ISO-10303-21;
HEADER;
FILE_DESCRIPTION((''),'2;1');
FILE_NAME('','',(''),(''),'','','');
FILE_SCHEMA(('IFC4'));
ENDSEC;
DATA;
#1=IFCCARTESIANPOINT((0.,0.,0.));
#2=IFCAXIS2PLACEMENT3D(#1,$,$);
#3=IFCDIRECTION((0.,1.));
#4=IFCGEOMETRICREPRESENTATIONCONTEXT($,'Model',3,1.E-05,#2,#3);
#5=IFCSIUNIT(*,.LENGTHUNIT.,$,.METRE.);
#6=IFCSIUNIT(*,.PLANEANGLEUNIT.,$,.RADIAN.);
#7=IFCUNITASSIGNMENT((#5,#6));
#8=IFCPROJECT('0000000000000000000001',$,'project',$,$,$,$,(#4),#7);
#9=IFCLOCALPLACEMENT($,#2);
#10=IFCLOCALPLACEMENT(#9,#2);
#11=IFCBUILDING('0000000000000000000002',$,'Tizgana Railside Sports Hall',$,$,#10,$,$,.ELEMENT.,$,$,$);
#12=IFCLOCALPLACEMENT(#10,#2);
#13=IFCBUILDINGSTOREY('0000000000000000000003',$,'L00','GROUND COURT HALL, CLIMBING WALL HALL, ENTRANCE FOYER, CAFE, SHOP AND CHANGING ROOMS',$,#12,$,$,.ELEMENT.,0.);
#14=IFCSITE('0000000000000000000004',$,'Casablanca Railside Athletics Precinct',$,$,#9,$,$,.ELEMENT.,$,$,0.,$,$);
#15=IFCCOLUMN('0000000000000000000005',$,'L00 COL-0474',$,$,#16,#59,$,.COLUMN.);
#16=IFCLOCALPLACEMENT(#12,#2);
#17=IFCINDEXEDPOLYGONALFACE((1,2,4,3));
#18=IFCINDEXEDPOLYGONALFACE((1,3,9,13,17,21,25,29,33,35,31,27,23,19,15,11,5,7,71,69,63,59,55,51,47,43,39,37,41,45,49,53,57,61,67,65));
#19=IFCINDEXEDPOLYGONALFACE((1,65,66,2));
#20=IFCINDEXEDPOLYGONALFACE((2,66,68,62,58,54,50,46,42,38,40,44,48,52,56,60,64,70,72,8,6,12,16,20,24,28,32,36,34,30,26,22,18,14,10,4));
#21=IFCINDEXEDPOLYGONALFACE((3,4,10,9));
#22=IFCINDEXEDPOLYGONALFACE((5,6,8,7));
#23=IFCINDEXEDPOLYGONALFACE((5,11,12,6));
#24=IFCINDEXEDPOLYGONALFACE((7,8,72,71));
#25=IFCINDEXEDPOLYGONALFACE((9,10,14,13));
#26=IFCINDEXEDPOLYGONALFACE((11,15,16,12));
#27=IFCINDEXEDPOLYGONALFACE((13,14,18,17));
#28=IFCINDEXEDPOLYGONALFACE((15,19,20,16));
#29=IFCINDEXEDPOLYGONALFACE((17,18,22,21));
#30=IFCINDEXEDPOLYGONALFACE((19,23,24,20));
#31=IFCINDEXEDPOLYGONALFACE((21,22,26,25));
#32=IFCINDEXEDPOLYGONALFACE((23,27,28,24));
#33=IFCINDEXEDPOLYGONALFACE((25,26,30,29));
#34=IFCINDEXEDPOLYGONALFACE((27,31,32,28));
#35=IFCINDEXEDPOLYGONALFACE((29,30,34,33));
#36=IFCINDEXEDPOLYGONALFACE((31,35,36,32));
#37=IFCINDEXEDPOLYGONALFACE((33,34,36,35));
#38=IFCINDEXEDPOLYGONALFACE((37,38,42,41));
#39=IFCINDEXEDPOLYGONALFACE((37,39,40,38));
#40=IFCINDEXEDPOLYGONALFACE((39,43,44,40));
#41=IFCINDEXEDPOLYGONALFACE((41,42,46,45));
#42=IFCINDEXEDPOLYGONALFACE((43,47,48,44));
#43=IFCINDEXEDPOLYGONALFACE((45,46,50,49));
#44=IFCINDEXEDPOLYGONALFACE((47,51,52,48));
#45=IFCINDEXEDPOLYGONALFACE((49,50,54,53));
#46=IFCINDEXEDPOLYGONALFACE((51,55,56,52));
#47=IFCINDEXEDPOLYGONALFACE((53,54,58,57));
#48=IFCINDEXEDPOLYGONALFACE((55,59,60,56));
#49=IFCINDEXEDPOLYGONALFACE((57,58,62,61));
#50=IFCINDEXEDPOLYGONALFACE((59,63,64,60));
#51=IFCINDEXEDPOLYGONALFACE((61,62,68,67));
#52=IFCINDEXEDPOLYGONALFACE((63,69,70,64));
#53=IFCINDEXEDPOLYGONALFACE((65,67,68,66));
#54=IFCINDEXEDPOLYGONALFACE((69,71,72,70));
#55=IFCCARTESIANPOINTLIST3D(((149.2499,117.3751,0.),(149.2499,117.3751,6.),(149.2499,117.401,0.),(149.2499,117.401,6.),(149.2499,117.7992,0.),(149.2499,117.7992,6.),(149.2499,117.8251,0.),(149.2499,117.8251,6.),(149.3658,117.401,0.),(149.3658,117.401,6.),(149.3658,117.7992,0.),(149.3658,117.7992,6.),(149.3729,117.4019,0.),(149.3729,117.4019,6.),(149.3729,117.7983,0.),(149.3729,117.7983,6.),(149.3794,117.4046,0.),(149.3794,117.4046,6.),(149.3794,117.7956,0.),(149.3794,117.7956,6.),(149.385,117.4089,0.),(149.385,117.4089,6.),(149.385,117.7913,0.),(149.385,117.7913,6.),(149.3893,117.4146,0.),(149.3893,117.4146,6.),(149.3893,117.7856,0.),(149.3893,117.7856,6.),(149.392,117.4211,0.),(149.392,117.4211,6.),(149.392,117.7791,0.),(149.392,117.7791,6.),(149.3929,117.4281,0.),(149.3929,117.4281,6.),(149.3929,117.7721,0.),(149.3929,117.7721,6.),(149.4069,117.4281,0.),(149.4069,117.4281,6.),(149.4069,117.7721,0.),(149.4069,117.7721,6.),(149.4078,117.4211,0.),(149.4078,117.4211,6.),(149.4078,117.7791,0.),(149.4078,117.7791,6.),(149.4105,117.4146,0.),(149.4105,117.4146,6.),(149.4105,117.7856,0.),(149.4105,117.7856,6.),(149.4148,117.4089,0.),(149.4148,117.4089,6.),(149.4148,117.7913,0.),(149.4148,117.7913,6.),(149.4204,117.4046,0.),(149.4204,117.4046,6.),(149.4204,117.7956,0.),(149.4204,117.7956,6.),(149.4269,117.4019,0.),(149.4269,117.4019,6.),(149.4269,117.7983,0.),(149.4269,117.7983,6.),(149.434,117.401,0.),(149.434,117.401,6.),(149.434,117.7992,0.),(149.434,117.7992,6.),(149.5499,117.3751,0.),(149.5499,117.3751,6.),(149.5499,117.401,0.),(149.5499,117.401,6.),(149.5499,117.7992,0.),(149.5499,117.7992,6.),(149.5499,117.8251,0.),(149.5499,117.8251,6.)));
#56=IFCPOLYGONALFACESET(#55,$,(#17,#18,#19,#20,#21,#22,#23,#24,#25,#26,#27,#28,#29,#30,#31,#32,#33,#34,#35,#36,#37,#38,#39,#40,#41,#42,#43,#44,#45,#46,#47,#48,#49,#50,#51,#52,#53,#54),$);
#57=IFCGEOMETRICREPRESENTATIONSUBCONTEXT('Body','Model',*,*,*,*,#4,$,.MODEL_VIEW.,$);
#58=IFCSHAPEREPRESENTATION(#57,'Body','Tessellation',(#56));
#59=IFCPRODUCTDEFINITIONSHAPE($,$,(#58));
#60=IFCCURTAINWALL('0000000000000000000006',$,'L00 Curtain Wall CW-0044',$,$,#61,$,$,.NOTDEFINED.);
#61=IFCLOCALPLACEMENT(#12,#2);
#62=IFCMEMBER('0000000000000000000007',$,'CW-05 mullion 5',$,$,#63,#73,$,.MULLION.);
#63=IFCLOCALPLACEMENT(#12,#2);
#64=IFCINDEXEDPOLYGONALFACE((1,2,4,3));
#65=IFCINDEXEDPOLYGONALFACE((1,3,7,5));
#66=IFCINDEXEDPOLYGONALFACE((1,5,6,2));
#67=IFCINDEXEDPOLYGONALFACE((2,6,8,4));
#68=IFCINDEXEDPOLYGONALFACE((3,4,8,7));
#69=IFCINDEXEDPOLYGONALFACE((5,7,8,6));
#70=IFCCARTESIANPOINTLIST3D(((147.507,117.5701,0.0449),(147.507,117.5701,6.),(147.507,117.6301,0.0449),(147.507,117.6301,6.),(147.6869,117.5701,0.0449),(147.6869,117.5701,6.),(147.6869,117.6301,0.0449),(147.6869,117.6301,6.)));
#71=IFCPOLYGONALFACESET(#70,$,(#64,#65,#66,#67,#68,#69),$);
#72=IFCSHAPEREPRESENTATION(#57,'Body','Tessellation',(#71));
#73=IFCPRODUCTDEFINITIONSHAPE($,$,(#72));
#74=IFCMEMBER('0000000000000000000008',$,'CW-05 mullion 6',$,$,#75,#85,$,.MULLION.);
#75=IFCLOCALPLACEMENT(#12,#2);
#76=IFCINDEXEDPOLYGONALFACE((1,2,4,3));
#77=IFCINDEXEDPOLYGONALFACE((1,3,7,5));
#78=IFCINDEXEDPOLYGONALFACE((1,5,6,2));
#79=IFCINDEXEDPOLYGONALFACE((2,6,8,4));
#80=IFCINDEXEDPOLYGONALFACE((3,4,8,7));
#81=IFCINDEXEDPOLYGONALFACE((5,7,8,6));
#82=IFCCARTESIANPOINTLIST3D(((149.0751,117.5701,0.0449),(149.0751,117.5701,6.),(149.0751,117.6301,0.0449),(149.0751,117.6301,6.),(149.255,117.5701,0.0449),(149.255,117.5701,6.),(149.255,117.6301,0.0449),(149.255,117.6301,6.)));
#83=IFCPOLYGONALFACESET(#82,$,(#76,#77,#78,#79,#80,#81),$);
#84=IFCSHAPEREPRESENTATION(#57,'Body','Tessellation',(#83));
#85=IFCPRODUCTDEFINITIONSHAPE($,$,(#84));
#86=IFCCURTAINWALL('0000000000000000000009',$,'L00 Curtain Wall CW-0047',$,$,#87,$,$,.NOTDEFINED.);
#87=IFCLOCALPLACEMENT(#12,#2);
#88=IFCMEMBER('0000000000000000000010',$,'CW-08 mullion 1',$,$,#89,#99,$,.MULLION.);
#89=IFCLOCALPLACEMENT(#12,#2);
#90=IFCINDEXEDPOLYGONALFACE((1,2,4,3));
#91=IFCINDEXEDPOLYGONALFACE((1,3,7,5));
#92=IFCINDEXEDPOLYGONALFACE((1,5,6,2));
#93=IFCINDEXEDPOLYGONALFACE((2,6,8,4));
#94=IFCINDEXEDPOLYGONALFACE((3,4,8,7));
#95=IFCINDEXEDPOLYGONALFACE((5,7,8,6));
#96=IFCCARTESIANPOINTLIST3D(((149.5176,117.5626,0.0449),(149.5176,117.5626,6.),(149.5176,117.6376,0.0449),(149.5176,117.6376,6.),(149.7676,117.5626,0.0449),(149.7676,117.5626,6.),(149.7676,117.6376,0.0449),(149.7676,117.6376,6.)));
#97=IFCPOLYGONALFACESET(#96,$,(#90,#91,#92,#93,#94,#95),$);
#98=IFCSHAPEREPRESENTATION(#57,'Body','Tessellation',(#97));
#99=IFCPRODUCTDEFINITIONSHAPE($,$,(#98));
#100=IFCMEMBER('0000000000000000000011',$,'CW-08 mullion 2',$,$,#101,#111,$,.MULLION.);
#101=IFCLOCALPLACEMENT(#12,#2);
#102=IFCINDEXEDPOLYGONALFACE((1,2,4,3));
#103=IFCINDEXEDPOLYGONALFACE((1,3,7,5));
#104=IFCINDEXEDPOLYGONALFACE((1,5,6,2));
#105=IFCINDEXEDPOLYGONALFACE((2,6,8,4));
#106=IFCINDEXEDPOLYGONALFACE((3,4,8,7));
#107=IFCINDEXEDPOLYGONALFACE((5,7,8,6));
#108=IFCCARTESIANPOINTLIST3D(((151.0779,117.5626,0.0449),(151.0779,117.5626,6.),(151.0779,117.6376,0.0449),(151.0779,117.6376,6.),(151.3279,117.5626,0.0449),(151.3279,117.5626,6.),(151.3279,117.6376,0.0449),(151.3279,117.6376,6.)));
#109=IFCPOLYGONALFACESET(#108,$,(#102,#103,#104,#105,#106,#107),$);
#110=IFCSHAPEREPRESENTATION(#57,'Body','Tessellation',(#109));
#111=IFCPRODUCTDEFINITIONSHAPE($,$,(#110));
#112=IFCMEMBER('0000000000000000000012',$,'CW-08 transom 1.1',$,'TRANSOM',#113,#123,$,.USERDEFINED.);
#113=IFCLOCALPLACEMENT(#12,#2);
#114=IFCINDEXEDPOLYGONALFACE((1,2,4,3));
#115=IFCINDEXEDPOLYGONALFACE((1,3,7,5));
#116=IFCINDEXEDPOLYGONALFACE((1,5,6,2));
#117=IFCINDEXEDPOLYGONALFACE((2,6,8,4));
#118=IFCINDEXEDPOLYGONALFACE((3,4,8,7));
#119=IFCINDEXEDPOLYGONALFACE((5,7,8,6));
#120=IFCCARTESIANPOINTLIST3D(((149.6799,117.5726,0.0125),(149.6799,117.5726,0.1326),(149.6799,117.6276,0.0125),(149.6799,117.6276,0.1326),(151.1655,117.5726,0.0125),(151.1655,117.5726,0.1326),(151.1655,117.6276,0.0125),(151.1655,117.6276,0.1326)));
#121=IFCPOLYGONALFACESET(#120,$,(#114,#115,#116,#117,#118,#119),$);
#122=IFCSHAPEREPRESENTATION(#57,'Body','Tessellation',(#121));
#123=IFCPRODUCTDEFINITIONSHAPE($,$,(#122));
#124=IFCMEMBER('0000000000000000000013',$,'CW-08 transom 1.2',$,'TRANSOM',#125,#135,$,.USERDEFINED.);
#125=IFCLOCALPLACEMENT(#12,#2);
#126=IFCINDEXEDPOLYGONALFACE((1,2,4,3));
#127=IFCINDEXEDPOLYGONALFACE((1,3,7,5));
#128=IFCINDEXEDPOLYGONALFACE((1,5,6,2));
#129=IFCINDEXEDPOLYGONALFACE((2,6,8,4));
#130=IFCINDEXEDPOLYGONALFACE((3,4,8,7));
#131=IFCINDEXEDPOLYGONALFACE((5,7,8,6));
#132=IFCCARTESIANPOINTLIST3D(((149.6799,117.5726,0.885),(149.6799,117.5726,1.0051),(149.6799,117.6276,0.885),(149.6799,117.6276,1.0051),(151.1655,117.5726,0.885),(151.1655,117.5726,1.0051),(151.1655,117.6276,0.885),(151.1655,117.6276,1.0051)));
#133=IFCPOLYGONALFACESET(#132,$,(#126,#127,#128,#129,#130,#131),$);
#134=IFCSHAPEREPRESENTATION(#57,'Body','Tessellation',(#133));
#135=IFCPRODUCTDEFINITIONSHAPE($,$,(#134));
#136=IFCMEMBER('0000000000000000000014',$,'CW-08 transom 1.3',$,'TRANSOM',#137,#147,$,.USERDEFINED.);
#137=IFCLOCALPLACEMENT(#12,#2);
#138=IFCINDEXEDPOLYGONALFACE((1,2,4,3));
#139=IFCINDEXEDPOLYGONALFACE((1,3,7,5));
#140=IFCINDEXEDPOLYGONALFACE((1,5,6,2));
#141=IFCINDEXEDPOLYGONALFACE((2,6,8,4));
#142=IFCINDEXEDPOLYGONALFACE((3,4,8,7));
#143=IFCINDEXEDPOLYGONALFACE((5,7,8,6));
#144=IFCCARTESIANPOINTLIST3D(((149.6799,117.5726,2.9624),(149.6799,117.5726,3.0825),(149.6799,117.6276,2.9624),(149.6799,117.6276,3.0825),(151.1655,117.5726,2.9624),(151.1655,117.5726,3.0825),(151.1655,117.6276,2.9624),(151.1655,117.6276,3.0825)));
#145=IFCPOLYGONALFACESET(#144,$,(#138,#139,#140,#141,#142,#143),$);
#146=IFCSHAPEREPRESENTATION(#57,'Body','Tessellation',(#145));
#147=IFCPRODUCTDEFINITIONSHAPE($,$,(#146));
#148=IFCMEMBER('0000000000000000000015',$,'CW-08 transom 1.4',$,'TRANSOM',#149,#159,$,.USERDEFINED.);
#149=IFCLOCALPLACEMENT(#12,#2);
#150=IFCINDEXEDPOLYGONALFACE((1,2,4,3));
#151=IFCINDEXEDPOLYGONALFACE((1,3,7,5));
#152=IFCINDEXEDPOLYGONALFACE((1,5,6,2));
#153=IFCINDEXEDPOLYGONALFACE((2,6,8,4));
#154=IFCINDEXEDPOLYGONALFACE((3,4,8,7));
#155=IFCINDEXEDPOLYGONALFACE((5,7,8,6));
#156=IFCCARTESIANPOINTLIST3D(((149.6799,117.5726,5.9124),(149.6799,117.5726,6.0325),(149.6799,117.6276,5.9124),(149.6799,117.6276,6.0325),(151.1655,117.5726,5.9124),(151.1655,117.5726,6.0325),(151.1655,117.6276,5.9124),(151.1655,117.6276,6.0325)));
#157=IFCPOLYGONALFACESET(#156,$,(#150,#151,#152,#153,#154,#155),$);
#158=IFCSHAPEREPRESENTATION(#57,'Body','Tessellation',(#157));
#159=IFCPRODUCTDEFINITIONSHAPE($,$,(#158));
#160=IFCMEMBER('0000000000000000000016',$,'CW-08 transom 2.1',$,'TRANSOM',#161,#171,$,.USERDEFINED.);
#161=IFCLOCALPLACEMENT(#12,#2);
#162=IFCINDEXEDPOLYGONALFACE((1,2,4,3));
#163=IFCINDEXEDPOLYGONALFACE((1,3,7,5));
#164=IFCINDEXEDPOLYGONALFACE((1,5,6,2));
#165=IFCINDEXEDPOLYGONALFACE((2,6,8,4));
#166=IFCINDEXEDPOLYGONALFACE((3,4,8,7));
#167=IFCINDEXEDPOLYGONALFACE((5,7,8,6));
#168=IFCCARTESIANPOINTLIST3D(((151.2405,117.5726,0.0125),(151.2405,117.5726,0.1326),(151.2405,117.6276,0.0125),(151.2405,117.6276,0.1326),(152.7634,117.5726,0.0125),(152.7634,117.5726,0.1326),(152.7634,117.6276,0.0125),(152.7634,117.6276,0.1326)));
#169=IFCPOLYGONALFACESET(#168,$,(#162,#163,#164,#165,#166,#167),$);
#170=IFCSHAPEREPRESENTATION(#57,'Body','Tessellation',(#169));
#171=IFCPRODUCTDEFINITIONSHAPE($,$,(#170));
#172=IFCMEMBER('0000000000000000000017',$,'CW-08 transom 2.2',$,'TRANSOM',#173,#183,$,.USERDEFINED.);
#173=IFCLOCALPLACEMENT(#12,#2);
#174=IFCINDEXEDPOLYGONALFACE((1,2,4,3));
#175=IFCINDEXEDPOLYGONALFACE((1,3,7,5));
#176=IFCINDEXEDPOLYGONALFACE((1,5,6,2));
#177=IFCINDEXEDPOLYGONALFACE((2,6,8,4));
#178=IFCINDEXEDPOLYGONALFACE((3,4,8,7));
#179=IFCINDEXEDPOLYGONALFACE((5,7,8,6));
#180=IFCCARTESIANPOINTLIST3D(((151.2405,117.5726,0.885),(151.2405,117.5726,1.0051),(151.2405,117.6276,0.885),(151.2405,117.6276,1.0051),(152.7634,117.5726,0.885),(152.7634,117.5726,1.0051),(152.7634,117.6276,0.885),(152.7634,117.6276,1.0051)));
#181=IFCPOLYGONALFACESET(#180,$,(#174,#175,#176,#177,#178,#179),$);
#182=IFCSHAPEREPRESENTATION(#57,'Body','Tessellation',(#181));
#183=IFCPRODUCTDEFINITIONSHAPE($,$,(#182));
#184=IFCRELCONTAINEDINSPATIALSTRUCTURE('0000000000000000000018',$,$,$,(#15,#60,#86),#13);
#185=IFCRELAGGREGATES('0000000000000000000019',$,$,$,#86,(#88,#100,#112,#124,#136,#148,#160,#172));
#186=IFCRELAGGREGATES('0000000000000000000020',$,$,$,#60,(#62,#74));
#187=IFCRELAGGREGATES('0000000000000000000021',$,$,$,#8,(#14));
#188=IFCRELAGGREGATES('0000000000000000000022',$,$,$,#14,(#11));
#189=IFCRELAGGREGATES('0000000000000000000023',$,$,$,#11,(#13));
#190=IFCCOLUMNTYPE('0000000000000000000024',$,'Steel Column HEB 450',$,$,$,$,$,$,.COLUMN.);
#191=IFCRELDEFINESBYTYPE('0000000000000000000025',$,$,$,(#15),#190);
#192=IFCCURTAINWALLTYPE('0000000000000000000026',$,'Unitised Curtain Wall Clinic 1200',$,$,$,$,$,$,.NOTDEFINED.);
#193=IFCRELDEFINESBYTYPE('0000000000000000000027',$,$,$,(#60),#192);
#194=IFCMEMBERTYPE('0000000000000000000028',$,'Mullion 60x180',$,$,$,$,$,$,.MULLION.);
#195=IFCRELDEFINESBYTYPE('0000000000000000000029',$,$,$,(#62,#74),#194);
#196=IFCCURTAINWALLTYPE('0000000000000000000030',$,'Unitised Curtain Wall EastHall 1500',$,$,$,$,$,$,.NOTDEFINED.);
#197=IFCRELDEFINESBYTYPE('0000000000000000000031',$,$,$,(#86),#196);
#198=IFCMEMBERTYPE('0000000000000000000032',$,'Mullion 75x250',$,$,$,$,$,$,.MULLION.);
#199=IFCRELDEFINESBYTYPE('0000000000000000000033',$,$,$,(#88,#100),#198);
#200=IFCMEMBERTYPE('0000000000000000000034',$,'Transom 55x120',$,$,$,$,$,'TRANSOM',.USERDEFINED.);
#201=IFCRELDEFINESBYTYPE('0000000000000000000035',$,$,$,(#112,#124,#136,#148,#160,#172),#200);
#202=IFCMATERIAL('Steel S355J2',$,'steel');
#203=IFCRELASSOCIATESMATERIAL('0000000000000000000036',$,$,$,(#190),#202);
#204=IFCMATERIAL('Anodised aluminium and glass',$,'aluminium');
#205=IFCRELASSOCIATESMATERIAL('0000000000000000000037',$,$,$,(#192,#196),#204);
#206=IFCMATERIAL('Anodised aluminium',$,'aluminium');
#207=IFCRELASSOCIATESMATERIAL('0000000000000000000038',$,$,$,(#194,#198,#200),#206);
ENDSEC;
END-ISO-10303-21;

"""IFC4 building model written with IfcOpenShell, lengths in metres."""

from ifc_helpers import new_model, si_unit, direction, frame, origin, origin_2d, place, context, subcontext, project, spatial, rectangle, i_section, extrude, material, material_profile, profile_set, type_object, element, aggregate, save


model = new_model("IFC4")

# Units and contexts
model_context = context("Model", 3, precision=1e-05, world=origin(), true_north=direction((0.0, 1.0)))
body_context = subcontext(model_context, "Body", "Model", "MODEL_VIEW")
ifc_project = project(units=[si_unit("LENGTHUNIT", "METRE"), si_unit("PLANEANGLEUNIT", "RADIAN")], contexts=[model_context])

# Site, building, storey
site_placement = place(None, origin())
site = spatial("IfcSite", under=ifc_project, at=site_placement, Name="Casablanca Railside Athletics Precinct", CompositionType="ELEMENT", RefElevation=0.0)
building_placement = place(site_placement, origin())
building = spatial("IfcBuilding", under=site, at=building_placement, Name="Tizgana Railside Sports Hall", CompositionType="ELEMENT")
storey_placement = place(building_placement, origin())
storey = spatial("IfcBuildingStorey", under=building, at=storey_placement, Name="L00", Description="GROUND COURT HALL, CLIMBING WALL HALL, ENTRANCE FOYER, CAFE, SHOP AND CHANGING ROOMS", CompositionType="ELEMENT", Elevation=0.0)

# Column
ifc_material_1 = material(Name="Steel S355J2", Category="steel")
ifc_material_profile_1 = material_profile(ifc_material_1, i_section(OverallWidth=0.3, OverallDepth=0.45, WebThickness=0.0139, FlangeThickness=0.0259, FilletRadius=0.0271, at=origin_2d()), Name="HEB 450")
ifc_profile_set_1 = profile_set([ifc_material_profile_1], Name="Steel S355J2")
column_type = type_object("IfcColumnType", Name="Steel Column HEB 450", PredefinedType="COLUMN", material=ifc_profile_set_1)
column_placement = place(storey_placement, frame((149.3999, 117.6001, 0.0), z_axis=(0.0, 0.0, 1.0), x_axis=(1.0, 0.0, 0.0)))
element("IfcColumn", 1, at=column_placement, inside=storey, type_object=column_type, Name="L00 COL-0474", PredefinedType="COLUMN", context=body_context, shape_type="SweptSolid", body=[
    extrude(i_section(OverallWidth=0.3, OverallDepth=0.45, WebThickness=0.0139, FlangeThickness=0.0259, FilletRadius=0.0271, at=origin_2d()), origin(), (0.0, 0.0, 1.0), 6.0),
])

# Curtain walls, members
ifc_material_2 = material(Name="Anodised aluminium and glass", Category="aluminium")
curtain_wall_type_1 = type_object("IfcCurtainWallType", Name="Unitised Curtain Wall Clinic 1200", PredefinedType="NOTDEFINED", material=ifc_material_2)
curtain_wall_1_placement = place(storey_placement, origin())
curtain_wall_1 = element("IfcCurtainWall", 2, at=curtain_wall_1_placement, inside=storey, type_object=curtain_wall_type_1, Name="L00 Curtain Wall CW-0044", PredefinedType="NOTDEFINED")
ifc_material_3 = material(Name="Anodised aluminium", Category="aluminium")
ifc_material_profile_2 = material_profile(ifc_material_3, rectangle(XDim=0.0601, YDim=0.1799, at=origin_2d()), Name="Mullion 60x180")
ifc_profile_set_2 = profile_set([ifc_material_profile_2], Name="Anodised aluminium")
member_type_1 = type_object("IfcMemberType", Name="Mullion 60x180", PredefinedType="MULLION", material=ifc_profile_set_2)
member_1_placement = place(storey_placement, frame((147.5969, 117.6001, 0.0449), z_axis=(0.0, 0.0, 1.0), x_axis=(0.0, 1.0, 0.0)))
member_1 = element("IfcMember", 3, at=member_1_placement, type_object=member_type_1, Name="CW-05 mullion 5", PredefinedType="MULLION", context=body_context, shape_type="SweptSolid", body=[
    extrude(rectangle(XDim=0.0601, YDim=0.1799, at=origin_2d()), origin(), (0.0, 0.0, 1.0), 5.9551),
])
member_2_placement = place(storey_placement, frame((149.165, 117.6001, 0.0449), z_axis=(0.0, 0.0, 1.0), x_axis=(0.0, 1.0, 0.0)))
member_2 = element("IfcMember", 4, at=member_2_placement, type_object=member_type_1, Name="CW-05 mullion 6", PredefinedType="MULLION", context=body_context, shape_type="SweptSolid", body=[
    extrude(rectangle(XDim=0.0601, YDim=0.1799, at=origin_2d()), origin(), (0.0, 0.0, 1.0), 5.9551),
])
curtain_wall_type_2 = type_object("IfcCurtainWallType", Name="Unitised Curtain Wall EastHall 1500", PredefinedType="NOTDEFINED", material=ifc_material_2)
curtain_wall_2_placement = place(storey_placement, origin())
curtain_wall_2 = element("IfcCurtainWall", 5, at=curtain_wall_2_placement, inside=storey, type_object=curtain_wall_type_2, Name="L00 Curtain Wall CW-0047", PredefinedType="NOTDEFINED")
ifc_material_profile_3 = material_profile(ifc_material_3, rectangle(XDim=0.075, YDim=0.25, at=origin_2d()), Name="Mullion 75x250")
ifc_profile_set_3 = profile_set([ifc_material_profile_3], Name="Anodised aluminium")
member_type_2 = type_object("IfcMemberType", Name="Mullion 75x250", PredefinedType="MULLION", material=ifc_profile_set_3)
member_3_placement = place(storey_placement, frame((149.6426, 117.6001, 0.0449), z_axis=(0.0, 0.0, 1.0), x_axis=(0.0, 1.0, 0.0)))
member_3 = element("IfcMember", 6, at=member_3_placement, type_object=member_type_2, Name="CW-08 mullion 1", PredefinedType="MULLION", context=body_context, shape_type="SweptSolid", body=[
    extrude(rectangle(XDim=0.075, YDim=0.25, at=origin_2d()), origin(), (0.0, 0.0, 1.0), 5.9551),
])
member_4_placement = place(storey_placement, frame((151.2029, 117.6001, 0.0449), z_axis=(0.0, 0.0, 1.0), x_axis=(0.0, 1.0, 0.0)))
member_4 = element("IfcMember", 7, at=member_4_placement, type_object=member_type_2, Name="CW-08 mullion 2", PredefinedType="MULLION", context=body_context, shape_type="SweptSolid", body=[
    extrude(rectangle(XDim=0.075, YDim=0.25, at=origin_2d()), origin(), (0.0, 0.0, 1.0), 5.9551),
])
ifc_material_profile_4 = material_profile(ifc_material_3, rectangle(XDim=0.0549, YDim=0.1201, at=origin_2d()), Name="Transom 55x120")
ifc_profile_set_4 = profile_set([ifc_material_profile_4], Name="Anodised aluminium")
member_type_3 = type_object("IfcMemberType", Name="Transom 55x120", ElementType="TRANSOM", PredefinedType="USERDEFINED", material=ifc_profile_set_4)
member_5_placement = place(storey_placement, frame((149.6799, 117.6001, 0.0725), z_axis=(1.0, 0.0, 0.0), x_axis=(0.0, 1.0, 0.0)))
member_5 = element("IfcMember", 8, at=member_5_placement, type_object=member_type_3, Name="CW-08 transom 1.1", ObjectType="TRANSOM", PredefinedType="USERDEFINED", context=body_context, shape_type="SweptSolid", body=[
    extrude(rectangle(XDim=0.0549, YDim=0.1201, at=origin_2d()), origin(), (0.0, 0.0, 1.0), 1.4856),
])
member_6_placement = place(storey_placement, frame((149.6799, 117.6001, 0.9451), z_axis=(1.0, 0.0, 0.0), x_axis=(0.0, 1.0, 0.0)))
member_6 = element("IfcMember", 9, at=member_6_placement, type_object=member_type_3, Name="CW-08 transom 1.2", ObjectType="TRANSOM", PredefinedType="USERDEFINED", context=body_context, shape_type="SweptSolid", body=[
    extrude(rectangle(XDim=0.0549, YDim=0.1201, at=origin_2d()), origin(), (0.0, 0.0, 1.0), 1.4856),
])
member_7_placement = place(storey_placement, frame((149.6799, 117.6001, 3.0225), z_axis=(1.0, 0.0, 0.0), x_axis=(0.0, 1.0, 0.0)))
member_7 = element("IfcMember", 10, at=member_7_placement, type_object=member_type_3, Name="CW-08 transom 1.3", ObjectType="TRANSOM", PredefinedType="USERDEFINED", context=body_context, shape_type="SweptSolid", body=[
    extrude(rectangle(XDim=0.0549, YDim=0.1201, at=origin_2d()), origin(), (0.0, 0.0, 1.0), 1.4856),
])
member_8_placement = place(storey_placement, frame((149.6799, 117.6001, 5.9724), z_axis=(1.0, 0.0, 0.0), x_axis=(0.0, 1.0, 0.0)))
member_8 = element("IfcMember", 11, at=member_8_placement, type_object=member_type_3, Name="CW-08 transom 1.4", ObjectType="TRANSOM", PredefinedType="USERDEFINED", context=body_context, shape_type="SweptSolid", body=[
    extrude(rectangle(XDim=0.0549, YDim=0.1201, at=origin_2d()), origin(), (0.0, 0.0, 1.0), 1.4856),
])
member_9_placement = place(storey_placement, frame((151.2405, 117.6001, 0.0725), z_axis=(1.0, 0.0, 0.0), x_axis=(0.0, 1.0, 0.0)))
member_9 = element("IfcMember", 12, at=member_9_placement, type_object=member_type_3, Name="CW-08 transom 2.1", ObjectType="TRANSOM", PredefinedType="USERDEFINED", context=body_context, shape_type="SweptSolid", body=[
    extrude(rectangle(XDim=0.0549, YDim=0.1201, at=origin_2d()), origin(), (0.0, 0.0, 1.0), 1.5229),
])
member_10_placement = place(storey_placement, frame((151.2405, 117.6001, 0.9451), z_axis=(1.0, 0.0, 0.0), x_axis=(0.0, 1.0, 0.0)))
member_10 = element("IfcMember", 13, at=member_10_placement, type_object=member_type_3, Name="CW-08 transom 2.2", ObjectType="TRANSOM", PredefinedType="USERDEFINED", context=body_context, shape_type="SweptSolid", body=[
    extrude(rectangle(XDim=0.0549, YDim=0.1201, at=origin_2d()), origin(), (0.0, 0.0, 1.0), 1.5229),
])

aggregate(curtain_wall_2, [member_3, member_4, member_5, member_6, member_7, member_8, member_9, member_10])
aggregate(curtain_wall_1, [member_1, member_2])

save(model, "model.ifc")
